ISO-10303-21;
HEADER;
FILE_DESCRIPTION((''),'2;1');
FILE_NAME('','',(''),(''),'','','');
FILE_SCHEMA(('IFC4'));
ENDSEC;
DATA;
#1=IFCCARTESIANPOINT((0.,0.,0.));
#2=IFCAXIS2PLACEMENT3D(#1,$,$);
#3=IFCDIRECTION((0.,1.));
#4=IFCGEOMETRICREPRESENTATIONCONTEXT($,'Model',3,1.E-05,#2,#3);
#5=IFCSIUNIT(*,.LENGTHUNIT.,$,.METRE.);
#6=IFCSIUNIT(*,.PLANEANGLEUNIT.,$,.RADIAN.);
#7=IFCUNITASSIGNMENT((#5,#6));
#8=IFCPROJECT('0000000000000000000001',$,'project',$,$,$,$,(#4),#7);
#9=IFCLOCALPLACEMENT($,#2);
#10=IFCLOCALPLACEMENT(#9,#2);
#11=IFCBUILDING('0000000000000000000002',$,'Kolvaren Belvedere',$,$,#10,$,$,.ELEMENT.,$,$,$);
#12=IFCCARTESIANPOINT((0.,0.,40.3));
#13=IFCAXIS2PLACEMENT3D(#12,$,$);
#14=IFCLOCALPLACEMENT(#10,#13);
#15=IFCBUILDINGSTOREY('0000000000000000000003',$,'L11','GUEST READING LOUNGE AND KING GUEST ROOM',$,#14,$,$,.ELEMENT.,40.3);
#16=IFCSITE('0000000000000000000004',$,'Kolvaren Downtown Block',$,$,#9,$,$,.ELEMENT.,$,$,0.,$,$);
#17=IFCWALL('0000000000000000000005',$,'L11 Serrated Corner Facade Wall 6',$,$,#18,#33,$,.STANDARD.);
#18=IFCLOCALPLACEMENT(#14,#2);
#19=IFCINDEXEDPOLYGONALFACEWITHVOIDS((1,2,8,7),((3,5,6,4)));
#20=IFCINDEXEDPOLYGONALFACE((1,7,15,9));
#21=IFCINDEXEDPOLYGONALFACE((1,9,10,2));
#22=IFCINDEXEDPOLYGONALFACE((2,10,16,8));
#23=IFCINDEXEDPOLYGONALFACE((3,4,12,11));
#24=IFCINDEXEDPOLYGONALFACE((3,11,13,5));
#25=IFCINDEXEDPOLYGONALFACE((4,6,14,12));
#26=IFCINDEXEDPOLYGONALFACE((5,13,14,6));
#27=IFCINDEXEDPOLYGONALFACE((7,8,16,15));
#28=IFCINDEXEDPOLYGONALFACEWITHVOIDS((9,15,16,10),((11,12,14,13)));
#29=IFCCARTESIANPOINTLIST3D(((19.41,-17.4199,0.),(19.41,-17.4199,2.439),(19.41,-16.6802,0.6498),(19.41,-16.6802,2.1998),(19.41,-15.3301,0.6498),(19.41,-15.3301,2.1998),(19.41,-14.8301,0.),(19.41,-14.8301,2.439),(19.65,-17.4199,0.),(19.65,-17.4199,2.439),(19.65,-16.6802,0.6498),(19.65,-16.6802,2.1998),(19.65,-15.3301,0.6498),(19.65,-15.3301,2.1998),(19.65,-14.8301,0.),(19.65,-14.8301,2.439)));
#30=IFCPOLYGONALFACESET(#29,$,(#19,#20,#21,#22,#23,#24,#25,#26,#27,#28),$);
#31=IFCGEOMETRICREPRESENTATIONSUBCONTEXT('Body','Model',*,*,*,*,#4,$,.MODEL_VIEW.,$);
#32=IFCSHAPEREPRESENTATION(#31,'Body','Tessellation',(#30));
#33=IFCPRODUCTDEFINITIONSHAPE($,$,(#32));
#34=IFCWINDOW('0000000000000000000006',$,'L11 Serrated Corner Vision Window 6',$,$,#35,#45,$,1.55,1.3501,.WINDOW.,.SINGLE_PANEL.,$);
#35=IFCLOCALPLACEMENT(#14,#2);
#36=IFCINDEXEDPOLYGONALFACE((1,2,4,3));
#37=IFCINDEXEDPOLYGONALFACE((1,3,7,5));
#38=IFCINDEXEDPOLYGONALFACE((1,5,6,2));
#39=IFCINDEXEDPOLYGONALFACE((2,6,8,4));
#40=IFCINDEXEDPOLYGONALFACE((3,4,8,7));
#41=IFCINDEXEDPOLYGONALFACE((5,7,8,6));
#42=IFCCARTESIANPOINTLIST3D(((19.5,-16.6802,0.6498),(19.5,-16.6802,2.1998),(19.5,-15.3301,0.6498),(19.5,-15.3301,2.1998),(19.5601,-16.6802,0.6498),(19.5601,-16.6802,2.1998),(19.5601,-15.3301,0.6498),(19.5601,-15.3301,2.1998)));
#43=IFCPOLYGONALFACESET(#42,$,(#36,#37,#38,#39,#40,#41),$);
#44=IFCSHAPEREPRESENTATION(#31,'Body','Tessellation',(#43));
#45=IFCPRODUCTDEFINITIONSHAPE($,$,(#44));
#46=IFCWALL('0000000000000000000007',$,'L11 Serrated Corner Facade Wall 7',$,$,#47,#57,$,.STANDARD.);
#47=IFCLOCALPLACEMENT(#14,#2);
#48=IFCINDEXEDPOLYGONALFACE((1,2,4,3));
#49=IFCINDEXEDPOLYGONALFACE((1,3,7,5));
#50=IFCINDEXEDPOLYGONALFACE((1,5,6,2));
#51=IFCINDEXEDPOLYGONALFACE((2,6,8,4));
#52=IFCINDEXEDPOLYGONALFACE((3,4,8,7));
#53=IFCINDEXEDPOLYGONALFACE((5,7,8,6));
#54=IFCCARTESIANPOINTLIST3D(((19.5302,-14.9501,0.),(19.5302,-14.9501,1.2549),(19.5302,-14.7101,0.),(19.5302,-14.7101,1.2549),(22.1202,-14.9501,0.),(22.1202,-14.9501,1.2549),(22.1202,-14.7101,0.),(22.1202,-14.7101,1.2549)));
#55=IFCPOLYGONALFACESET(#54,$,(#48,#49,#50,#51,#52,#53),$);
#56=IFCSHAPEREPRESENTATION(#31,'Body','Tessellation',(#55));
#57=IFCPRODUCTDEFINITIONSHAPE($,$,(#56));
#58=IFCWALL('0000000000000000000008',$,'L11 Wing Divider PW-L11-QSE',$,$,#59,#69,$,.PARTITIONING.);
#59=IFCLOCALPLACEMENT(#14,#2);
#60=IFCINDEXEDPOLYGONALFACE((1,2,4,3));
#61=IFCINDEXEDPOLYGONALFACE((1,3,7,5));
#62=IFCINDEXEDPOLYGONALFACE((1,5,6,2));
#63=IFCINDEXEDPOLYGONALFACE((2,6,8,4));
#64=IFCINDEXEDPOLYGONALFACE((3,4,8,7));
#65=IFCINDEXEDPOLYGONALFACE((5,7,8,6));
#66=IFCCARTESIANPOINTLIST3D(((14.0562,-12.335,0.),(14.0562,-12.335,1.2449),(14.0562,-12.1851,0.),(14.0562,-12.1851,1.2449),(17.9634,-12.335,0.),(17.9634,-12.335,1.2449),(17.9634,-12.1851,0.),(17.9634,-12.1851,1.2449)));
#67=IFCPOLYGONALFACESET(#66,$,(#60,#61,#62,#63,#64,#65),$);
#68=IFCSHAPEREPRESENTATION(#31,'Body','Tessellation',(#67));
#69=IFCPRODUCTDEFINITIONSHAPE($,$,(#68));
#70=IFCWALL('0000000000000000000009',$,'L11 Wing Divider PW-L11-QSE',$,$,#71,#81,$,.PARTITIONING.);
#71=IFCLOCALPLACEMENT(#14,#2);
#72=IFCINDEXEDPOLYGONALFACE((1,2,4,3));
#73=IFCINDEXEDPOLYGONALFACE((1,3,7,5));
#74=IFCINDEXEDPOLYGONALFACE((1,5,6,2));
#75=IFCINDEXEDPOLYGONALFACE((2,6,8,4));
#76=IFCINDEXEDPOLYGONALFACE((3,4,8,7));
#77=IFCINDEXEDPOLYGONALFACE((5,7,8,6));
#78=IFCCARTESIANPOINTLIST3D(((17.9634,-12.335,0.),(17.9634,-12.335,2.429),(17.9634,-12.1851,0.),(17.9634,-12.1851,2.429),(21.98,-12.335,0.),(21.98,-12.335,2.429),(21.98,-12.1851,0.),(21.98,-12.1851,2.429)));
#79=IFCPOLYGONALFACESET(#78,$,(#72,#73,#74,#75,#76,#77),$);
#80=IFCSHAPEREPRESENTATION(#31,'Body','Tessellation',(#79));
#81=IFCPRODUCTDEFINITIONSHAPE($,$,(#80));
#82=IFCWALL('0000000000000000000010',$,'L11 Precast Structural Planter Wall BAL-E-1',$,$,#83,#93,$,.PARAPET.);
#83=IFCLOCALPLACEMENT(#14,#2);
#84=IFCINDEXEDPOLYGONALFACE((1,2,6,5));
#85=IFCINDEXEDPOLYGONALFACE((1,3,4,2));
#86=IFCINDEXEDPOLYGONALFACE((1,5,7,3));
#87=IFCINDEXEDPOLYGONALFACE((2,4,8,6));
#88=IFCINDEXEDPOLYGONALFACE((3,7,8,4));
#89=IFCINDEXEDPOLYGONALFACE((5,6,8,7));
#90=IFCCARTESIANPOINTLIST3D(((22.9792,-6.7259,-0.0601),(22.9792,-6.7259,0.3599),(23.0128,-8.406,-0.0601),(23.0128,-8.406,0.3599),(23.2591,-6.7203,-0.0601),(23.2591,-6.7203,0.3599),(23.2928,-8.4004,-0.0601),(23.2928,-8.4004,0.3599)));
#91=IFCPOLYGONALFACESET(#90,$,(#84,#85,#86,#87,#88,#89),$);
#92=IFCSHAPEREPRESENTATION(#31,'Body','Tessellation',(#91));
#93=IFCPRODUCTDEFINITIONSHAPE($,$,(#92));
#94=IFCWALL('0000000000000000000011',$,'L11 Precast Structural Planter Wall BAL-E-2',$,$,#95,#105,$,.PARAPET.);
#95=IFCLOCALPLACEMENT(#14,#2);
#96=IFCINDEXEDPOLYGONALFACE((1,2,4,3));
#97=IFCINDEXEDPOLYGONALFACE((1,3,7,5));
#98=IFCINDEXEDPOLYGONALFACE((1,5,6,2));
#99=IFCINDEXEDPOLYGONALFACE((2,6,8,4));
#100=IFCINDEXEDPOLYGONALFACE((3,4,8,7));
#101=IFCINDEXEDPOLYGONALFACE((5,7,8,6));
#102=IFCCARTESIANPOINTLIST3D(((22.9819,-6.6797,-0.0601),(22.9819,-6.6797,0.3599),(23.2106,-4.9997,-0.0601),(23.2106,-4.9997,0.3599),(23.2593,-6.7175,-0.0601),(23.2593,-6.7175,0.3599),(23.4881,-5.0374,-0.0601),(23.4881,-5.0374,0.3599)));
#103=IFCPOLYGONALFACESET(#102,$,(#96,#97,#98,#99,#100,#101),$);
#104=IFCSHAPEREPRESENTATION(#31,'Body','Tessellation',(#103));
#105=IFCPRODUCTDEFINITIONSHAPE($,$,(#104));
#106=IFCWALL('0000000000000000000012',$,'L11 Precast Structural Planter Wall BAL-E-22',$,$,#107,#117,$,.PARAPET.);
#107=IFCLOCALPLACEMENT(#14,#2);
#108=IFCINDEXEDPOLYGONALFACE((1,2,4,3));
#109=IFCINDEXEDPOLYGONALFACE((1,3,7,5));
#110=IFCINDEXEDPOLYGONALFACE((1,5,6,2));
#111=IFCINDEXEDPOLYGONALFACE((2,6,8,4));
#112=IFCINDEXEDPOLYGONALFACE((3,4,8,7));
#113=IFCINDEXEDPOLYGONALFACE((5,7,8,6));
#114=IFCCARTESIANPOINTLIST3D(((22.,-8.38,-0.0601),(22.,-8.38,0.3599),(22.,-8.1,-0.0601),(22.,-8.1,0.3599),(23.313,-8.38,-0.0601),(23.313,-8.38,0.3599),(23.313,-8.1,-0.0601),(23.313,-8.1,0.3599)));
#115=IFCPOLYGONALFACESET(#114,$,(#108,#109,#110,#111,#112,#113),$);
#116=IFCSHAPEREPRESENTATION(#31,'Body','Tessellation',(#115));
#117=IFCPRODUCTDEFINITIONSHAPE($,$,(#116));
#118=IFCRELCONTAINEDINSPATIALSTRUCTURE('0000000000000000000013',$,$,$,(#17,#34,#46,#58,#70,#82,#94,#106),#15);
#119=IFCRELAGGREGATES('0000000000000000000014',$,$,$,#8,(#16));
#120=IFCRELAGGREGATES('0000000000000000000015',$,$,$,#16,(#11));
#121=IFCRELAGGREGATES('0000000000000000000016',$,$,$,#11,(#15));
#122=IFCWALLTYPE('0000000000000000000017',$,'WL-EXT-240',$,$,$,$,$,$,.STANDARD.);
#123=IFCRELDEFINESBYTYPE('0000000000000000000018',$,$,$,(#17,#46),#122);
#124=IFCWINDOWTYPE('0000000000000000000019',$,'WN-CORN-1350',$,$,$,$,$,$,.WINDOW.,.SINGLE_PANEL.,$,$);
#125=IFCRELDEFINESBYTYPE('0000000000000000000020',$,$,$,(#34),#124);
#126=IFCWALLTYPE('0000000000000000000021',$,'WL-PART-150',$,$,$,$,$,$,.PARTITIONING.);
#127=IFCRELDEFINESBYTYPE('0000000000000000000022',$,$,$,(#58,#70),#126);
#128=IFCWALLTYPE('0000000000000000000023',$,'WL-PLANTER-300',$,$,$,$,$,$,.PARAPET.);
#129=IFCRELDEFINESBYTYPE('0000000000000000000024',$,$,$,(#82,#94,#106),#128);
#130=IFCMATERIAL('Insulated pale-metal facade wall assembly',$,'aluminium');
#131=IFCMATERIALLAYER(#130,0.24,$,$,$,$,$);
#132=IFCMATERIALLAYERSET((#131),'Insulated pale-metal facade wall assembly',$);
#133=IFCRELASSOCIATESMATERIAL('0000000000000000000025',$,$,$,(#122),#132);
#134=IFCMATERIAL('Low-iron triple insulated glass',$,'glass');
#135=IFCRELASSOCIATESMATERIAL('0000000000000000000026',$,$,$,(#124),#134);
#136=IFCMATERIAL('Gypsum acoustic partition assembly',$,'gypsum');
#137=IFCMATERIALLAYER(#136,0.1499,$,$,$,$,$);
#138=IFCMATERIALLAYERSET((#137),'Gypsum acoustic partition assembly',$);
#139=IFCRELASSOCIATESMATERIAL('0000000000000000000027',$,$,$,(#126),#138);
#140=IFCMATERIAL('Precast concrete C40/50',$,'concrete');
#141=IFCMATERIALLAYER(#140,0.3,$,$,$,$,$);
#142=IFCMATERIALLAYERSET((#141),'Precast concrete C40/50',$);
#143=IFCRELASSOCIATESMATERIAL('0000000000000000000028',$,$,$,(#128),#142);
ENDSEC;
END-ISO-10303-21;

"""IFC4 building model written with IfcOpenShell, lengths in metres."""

from ifc_helpers import new_model, si_unit, direction, frame, frame_2d, origin, place, context, subcontext, project, spatial, rectangle, extrude, material, layer, layer_set, type_object, element, fill, save


model = new_model("IFC4")

# Units and contexts
model_context = context("Model", 3, precision=1e-05, world=origin(), true_north=direction((0.0, 1.0)))
body_context = subcontext(model_context, "Body", "Model", "MODEL_VIEW")
ifc_project = project(units=[si_unit("LENGTHUNIT", "METRE"), si_unit("PLANEANGLEUNIT", "RADIAN")], contexts=[model_context])

# Site, building, storey
site_placement = place(None, origin())
site = spatial("IfcSite", under=ifc_project, at=site_placement, Name="Kolvaren Downtown Block", CompositionType="ELEMENT", RefElevation=0.0)
building_placement = place(site_placement, origin())
building = spatial("IfcBuilding", under=site, at=building_placement, Name="Kolvaren Belvedere", CompositionType="ELEMENT")
storey_placement = place(building_placement, frame((0.0, 0.0, 40.3)))
storey = spatial("IfcBuildingStorey", under=building, at=storey_placement, Name="L11", Description="GUEST READING LOUNGE AND KING GUEST ROOM", CompositionType="ELEMENT", Elevation=40.3)

# Shared definitions
ifc_material_1 = material(Name="Insulated pale-metal facade wall assembly", Category="aluminium")
ifc_layer_1 = layer(ifc_material_1, 0.24)
ifc_layer_set_1 = layer_set([ifc_layer_1], Name="Insulated pale-metal facade wall assembly")
wall_type_1 = type_object("IfcWallType", Name="WL-EXT-240", PredefinedType="STANDARD", material=ifc_layer_set_1)

# Wall, opening, window
ifc_material_2 = material(Name="Low-iron triple insulated glass", Category="glass")
window_type = type_object("IfcWindowType", Name="WN-CORN-1350", PartitioningType="SINGLE_PANEL", PredefinedType="WINDOW", material=ifc_material_2)
wall_1_placement = place(storey_placement, frame((19.53, -14.8301, 0.0), z_axis=(0.0, 0.0, 1.0), x_axis=(0.0, -1.0, 0.0)))
wall_1 = element("IfcWall", 1, at=wall_1_placement, inside=storey, type_object=wall_type_1, Name="L11 Serrated Corner Facade Wall 6", PredefinedType="STANDARD", context=body_context, shape_type="SweptSolid", body=[
    extrude(rectangle(XDim=2.5898, YDim=0.24, at=frame_2d((1.2949, 0.0))), origin(), (0.0, 0.0, 1.0), 2.439),
])
opening_1_placement = place(wall_1_placement, frame((0.5, 0.0, 0.6499)))
opening_1 = element("IfcOpeningElement", 2, at=opening_1_placement, cuts=wall_1, PredefinedType="OPENING", context=body_context, shape_type="SweptSolid", body=[
    extrude(rectangle(XDim=1.3501, YDim=1.55, at=frame_2d((0.675, 0.7749))), frame((0.0, 0.1299, 0.0), z_axis=(0.0, -1.0, 0.0), x_axis=(1.0, 0.0, 0.0)), (0.0, 0.0, 1.0), 0.26),
])
window_1_placement = place(opening_1_placement, origin())
window_1 = element("IfcWindow", 3, at=window_1_placement, inside=storey, type_object=window_type, Name="L11 Serrated Corner Vision Window 6", OverallHeight=1.55, OverallWidth=1.3501, PartitioningType="SINGLE_PANEL", PredefinedType="WINDOW", context=body_context, shape_type="SweptSolid", body=[
    extrude(rectangle(XDim=1.3501, YDim=1.55, at=frame_2d((0.675, 0.7749))), frame((0.0, 0.03, 0.0), z_axis=(0.0, -1.0, 0.0), x_axis=(1.0, 0.0, 0.0)), (0.0, 0.0, 1.0), 0.0601),
])
fill(opening_1, window_1)

# Walls
wall_2_placement = place(storey_placement, frame((22.1201, -14.8301, 0.0), z_axis=(0.0, 0.0, 1.0), x_axis=(-1.0, 0.0, 0.0)))
element("IfcWall", 4, at=wall_2_placement, inside=storey, type_object=wall_type_1, Name="L11 Serrated Corner Facade Wall 7", PredefinedType="STANDARD", context=body_context, shape_type="SweptSolid", body=[
    extrude(rectangle(XDim=2.5901, YDim=0.24, at=frame_2d((1.2949, 0.0))), origin(), (0.0, 0.0, 1.0), 1.2549),
])
ifc_material_3 = material(Name="Gypsum acoustic partition assembly", Category="gypsum")
ifc_layer_2 = layer(ifc_material_3, 0.1499)
ifc_layer_set_2 = layer_set([ifc_layer_2], Name="Gypsum acoustic partition assembly")
wall_type_2 = type_object("IfcWallType", Name="WL-PART-150", PredefinedType="PARTITIONING", material=ifc_layer_set_2)
wall_3_placement = place(storey_placement, frame((14.0562, -12.26, 0.0), z_axis=(0.0, 0.0, 1.0), x_axis=(1.0, 0.0, 0.0)))
element("IfcWall", 5, at=wall_3_placement, inside=storey, type_object=wall_type_2, Name="L11 Wing Divider PW-L11-QSE", PredefinedType="PARTITIONING", context=body_context, shape_type="SweptSolid", body=[
    extrude(rectangle(XDim=3.9072, YDim=0.1499, at=frame_2d((1.9536, 0.0))), origin(), (0.0, 0.0, 1.0), 1.2449),
])
wall_4_placement = place(storey_placement, frame((17.9634, -12.26, 0.0), z_axis=(0.0, 0.0, 1.0), x_axis=(1.0, 0.0, 0.0)))
element("IfcWall", 6, at=wall_4_placement, inside=storey, type_object=wall_type_2, Name="L11 Wing Divider PW-L11-QSE", PredefinedType="PARTITIONING", context=body_context, shape_type="SweptSolid", body=[
    extrude(rectangle(XDim=4.0166, YDim=0.1499, at=frame_2d((2.0083, 0.0))), origin(), (0.0, 0.0, 1.0), 2.429),
])
ifc_material_4 = material(Name="Precast concrete C40/50", Category="concrete")
ifc_layer_3 = layer(ifc_material_4, 0.3)
ifc_layer_set_3 = layer_set([ifc_layer_3], Name="Precast concrete C40/50")
wall_type_3 = type_object("IfcWallType", Name="WL-PLANTER-300", PredefinedType="PARAPET", material=ifc_layer_set_3)
wall_5_placement = place(storey_placement, frame((23.1528, -8.4033, -0.0601), z_axis=(0.0, 0.0, 1.0), x_axis=(-0.020048, 0.999799, 0.0)))
element("IfcWall", 7, at=wall_5_placement, inside=storey, type_object=wall_type_3, Name="L11 Precast Structural Planter Wall BAL-E-1", PredefinedType="PARAPET", context=body_context, shape_type="SweptSolid", body=[
    extrude(rectangle(XDim=1.6804, YDim=0.28, at=frame_2d((0.8403, 0.0))), origin(), (0.0, 0.0, 1.0), 0.4199),
])
wall_6_placement = place(storey_placement, frame((23.1206, -6.6985, -0.0601), z_axis=(0.0, 0.0, 1.0), x_axis=(0.134908, 0.990858, 0.0)))
element("IfcWall", 8, at=wall_6_placement, inside=storey, type_object=wall_type_3, Name="L11 Precast Structural Planter Wall BAL-E-2", PredefinedType="PARAPET", context=body_context, shape_type="SweptSolid", body=[
    extrude(rectangle(XDim=1.6956, YDim=0.28, at=frame_2d((0.8477, 0.0))), origin(), (0.0, 0.0, 1.0), 0.4199),
])
wall_7_placement = place(storey_placement, frame((22.0, -8.24, -0.0601), z_axis=(0.0, 0.0, 1.0), x_axis=(1.0, 0.0, 0.0)))
element("IfcWall", 9, at=wall_7_placement, inside=storey, type_object=wall_type_3, Name="L11 Precast Structural Planter Wall BAL-E-22", PredefinedType="PARAPET", context=body_context, shape_type="SweptSolid", body=[
    extrude(rectangle(XDim=1.313, YDim=0.28, at=frame_2d((0.6565, 0.0))), origin(), (0.0, 0.0, 1.0), 0.4199),
])

save(model, "model.ifc")
